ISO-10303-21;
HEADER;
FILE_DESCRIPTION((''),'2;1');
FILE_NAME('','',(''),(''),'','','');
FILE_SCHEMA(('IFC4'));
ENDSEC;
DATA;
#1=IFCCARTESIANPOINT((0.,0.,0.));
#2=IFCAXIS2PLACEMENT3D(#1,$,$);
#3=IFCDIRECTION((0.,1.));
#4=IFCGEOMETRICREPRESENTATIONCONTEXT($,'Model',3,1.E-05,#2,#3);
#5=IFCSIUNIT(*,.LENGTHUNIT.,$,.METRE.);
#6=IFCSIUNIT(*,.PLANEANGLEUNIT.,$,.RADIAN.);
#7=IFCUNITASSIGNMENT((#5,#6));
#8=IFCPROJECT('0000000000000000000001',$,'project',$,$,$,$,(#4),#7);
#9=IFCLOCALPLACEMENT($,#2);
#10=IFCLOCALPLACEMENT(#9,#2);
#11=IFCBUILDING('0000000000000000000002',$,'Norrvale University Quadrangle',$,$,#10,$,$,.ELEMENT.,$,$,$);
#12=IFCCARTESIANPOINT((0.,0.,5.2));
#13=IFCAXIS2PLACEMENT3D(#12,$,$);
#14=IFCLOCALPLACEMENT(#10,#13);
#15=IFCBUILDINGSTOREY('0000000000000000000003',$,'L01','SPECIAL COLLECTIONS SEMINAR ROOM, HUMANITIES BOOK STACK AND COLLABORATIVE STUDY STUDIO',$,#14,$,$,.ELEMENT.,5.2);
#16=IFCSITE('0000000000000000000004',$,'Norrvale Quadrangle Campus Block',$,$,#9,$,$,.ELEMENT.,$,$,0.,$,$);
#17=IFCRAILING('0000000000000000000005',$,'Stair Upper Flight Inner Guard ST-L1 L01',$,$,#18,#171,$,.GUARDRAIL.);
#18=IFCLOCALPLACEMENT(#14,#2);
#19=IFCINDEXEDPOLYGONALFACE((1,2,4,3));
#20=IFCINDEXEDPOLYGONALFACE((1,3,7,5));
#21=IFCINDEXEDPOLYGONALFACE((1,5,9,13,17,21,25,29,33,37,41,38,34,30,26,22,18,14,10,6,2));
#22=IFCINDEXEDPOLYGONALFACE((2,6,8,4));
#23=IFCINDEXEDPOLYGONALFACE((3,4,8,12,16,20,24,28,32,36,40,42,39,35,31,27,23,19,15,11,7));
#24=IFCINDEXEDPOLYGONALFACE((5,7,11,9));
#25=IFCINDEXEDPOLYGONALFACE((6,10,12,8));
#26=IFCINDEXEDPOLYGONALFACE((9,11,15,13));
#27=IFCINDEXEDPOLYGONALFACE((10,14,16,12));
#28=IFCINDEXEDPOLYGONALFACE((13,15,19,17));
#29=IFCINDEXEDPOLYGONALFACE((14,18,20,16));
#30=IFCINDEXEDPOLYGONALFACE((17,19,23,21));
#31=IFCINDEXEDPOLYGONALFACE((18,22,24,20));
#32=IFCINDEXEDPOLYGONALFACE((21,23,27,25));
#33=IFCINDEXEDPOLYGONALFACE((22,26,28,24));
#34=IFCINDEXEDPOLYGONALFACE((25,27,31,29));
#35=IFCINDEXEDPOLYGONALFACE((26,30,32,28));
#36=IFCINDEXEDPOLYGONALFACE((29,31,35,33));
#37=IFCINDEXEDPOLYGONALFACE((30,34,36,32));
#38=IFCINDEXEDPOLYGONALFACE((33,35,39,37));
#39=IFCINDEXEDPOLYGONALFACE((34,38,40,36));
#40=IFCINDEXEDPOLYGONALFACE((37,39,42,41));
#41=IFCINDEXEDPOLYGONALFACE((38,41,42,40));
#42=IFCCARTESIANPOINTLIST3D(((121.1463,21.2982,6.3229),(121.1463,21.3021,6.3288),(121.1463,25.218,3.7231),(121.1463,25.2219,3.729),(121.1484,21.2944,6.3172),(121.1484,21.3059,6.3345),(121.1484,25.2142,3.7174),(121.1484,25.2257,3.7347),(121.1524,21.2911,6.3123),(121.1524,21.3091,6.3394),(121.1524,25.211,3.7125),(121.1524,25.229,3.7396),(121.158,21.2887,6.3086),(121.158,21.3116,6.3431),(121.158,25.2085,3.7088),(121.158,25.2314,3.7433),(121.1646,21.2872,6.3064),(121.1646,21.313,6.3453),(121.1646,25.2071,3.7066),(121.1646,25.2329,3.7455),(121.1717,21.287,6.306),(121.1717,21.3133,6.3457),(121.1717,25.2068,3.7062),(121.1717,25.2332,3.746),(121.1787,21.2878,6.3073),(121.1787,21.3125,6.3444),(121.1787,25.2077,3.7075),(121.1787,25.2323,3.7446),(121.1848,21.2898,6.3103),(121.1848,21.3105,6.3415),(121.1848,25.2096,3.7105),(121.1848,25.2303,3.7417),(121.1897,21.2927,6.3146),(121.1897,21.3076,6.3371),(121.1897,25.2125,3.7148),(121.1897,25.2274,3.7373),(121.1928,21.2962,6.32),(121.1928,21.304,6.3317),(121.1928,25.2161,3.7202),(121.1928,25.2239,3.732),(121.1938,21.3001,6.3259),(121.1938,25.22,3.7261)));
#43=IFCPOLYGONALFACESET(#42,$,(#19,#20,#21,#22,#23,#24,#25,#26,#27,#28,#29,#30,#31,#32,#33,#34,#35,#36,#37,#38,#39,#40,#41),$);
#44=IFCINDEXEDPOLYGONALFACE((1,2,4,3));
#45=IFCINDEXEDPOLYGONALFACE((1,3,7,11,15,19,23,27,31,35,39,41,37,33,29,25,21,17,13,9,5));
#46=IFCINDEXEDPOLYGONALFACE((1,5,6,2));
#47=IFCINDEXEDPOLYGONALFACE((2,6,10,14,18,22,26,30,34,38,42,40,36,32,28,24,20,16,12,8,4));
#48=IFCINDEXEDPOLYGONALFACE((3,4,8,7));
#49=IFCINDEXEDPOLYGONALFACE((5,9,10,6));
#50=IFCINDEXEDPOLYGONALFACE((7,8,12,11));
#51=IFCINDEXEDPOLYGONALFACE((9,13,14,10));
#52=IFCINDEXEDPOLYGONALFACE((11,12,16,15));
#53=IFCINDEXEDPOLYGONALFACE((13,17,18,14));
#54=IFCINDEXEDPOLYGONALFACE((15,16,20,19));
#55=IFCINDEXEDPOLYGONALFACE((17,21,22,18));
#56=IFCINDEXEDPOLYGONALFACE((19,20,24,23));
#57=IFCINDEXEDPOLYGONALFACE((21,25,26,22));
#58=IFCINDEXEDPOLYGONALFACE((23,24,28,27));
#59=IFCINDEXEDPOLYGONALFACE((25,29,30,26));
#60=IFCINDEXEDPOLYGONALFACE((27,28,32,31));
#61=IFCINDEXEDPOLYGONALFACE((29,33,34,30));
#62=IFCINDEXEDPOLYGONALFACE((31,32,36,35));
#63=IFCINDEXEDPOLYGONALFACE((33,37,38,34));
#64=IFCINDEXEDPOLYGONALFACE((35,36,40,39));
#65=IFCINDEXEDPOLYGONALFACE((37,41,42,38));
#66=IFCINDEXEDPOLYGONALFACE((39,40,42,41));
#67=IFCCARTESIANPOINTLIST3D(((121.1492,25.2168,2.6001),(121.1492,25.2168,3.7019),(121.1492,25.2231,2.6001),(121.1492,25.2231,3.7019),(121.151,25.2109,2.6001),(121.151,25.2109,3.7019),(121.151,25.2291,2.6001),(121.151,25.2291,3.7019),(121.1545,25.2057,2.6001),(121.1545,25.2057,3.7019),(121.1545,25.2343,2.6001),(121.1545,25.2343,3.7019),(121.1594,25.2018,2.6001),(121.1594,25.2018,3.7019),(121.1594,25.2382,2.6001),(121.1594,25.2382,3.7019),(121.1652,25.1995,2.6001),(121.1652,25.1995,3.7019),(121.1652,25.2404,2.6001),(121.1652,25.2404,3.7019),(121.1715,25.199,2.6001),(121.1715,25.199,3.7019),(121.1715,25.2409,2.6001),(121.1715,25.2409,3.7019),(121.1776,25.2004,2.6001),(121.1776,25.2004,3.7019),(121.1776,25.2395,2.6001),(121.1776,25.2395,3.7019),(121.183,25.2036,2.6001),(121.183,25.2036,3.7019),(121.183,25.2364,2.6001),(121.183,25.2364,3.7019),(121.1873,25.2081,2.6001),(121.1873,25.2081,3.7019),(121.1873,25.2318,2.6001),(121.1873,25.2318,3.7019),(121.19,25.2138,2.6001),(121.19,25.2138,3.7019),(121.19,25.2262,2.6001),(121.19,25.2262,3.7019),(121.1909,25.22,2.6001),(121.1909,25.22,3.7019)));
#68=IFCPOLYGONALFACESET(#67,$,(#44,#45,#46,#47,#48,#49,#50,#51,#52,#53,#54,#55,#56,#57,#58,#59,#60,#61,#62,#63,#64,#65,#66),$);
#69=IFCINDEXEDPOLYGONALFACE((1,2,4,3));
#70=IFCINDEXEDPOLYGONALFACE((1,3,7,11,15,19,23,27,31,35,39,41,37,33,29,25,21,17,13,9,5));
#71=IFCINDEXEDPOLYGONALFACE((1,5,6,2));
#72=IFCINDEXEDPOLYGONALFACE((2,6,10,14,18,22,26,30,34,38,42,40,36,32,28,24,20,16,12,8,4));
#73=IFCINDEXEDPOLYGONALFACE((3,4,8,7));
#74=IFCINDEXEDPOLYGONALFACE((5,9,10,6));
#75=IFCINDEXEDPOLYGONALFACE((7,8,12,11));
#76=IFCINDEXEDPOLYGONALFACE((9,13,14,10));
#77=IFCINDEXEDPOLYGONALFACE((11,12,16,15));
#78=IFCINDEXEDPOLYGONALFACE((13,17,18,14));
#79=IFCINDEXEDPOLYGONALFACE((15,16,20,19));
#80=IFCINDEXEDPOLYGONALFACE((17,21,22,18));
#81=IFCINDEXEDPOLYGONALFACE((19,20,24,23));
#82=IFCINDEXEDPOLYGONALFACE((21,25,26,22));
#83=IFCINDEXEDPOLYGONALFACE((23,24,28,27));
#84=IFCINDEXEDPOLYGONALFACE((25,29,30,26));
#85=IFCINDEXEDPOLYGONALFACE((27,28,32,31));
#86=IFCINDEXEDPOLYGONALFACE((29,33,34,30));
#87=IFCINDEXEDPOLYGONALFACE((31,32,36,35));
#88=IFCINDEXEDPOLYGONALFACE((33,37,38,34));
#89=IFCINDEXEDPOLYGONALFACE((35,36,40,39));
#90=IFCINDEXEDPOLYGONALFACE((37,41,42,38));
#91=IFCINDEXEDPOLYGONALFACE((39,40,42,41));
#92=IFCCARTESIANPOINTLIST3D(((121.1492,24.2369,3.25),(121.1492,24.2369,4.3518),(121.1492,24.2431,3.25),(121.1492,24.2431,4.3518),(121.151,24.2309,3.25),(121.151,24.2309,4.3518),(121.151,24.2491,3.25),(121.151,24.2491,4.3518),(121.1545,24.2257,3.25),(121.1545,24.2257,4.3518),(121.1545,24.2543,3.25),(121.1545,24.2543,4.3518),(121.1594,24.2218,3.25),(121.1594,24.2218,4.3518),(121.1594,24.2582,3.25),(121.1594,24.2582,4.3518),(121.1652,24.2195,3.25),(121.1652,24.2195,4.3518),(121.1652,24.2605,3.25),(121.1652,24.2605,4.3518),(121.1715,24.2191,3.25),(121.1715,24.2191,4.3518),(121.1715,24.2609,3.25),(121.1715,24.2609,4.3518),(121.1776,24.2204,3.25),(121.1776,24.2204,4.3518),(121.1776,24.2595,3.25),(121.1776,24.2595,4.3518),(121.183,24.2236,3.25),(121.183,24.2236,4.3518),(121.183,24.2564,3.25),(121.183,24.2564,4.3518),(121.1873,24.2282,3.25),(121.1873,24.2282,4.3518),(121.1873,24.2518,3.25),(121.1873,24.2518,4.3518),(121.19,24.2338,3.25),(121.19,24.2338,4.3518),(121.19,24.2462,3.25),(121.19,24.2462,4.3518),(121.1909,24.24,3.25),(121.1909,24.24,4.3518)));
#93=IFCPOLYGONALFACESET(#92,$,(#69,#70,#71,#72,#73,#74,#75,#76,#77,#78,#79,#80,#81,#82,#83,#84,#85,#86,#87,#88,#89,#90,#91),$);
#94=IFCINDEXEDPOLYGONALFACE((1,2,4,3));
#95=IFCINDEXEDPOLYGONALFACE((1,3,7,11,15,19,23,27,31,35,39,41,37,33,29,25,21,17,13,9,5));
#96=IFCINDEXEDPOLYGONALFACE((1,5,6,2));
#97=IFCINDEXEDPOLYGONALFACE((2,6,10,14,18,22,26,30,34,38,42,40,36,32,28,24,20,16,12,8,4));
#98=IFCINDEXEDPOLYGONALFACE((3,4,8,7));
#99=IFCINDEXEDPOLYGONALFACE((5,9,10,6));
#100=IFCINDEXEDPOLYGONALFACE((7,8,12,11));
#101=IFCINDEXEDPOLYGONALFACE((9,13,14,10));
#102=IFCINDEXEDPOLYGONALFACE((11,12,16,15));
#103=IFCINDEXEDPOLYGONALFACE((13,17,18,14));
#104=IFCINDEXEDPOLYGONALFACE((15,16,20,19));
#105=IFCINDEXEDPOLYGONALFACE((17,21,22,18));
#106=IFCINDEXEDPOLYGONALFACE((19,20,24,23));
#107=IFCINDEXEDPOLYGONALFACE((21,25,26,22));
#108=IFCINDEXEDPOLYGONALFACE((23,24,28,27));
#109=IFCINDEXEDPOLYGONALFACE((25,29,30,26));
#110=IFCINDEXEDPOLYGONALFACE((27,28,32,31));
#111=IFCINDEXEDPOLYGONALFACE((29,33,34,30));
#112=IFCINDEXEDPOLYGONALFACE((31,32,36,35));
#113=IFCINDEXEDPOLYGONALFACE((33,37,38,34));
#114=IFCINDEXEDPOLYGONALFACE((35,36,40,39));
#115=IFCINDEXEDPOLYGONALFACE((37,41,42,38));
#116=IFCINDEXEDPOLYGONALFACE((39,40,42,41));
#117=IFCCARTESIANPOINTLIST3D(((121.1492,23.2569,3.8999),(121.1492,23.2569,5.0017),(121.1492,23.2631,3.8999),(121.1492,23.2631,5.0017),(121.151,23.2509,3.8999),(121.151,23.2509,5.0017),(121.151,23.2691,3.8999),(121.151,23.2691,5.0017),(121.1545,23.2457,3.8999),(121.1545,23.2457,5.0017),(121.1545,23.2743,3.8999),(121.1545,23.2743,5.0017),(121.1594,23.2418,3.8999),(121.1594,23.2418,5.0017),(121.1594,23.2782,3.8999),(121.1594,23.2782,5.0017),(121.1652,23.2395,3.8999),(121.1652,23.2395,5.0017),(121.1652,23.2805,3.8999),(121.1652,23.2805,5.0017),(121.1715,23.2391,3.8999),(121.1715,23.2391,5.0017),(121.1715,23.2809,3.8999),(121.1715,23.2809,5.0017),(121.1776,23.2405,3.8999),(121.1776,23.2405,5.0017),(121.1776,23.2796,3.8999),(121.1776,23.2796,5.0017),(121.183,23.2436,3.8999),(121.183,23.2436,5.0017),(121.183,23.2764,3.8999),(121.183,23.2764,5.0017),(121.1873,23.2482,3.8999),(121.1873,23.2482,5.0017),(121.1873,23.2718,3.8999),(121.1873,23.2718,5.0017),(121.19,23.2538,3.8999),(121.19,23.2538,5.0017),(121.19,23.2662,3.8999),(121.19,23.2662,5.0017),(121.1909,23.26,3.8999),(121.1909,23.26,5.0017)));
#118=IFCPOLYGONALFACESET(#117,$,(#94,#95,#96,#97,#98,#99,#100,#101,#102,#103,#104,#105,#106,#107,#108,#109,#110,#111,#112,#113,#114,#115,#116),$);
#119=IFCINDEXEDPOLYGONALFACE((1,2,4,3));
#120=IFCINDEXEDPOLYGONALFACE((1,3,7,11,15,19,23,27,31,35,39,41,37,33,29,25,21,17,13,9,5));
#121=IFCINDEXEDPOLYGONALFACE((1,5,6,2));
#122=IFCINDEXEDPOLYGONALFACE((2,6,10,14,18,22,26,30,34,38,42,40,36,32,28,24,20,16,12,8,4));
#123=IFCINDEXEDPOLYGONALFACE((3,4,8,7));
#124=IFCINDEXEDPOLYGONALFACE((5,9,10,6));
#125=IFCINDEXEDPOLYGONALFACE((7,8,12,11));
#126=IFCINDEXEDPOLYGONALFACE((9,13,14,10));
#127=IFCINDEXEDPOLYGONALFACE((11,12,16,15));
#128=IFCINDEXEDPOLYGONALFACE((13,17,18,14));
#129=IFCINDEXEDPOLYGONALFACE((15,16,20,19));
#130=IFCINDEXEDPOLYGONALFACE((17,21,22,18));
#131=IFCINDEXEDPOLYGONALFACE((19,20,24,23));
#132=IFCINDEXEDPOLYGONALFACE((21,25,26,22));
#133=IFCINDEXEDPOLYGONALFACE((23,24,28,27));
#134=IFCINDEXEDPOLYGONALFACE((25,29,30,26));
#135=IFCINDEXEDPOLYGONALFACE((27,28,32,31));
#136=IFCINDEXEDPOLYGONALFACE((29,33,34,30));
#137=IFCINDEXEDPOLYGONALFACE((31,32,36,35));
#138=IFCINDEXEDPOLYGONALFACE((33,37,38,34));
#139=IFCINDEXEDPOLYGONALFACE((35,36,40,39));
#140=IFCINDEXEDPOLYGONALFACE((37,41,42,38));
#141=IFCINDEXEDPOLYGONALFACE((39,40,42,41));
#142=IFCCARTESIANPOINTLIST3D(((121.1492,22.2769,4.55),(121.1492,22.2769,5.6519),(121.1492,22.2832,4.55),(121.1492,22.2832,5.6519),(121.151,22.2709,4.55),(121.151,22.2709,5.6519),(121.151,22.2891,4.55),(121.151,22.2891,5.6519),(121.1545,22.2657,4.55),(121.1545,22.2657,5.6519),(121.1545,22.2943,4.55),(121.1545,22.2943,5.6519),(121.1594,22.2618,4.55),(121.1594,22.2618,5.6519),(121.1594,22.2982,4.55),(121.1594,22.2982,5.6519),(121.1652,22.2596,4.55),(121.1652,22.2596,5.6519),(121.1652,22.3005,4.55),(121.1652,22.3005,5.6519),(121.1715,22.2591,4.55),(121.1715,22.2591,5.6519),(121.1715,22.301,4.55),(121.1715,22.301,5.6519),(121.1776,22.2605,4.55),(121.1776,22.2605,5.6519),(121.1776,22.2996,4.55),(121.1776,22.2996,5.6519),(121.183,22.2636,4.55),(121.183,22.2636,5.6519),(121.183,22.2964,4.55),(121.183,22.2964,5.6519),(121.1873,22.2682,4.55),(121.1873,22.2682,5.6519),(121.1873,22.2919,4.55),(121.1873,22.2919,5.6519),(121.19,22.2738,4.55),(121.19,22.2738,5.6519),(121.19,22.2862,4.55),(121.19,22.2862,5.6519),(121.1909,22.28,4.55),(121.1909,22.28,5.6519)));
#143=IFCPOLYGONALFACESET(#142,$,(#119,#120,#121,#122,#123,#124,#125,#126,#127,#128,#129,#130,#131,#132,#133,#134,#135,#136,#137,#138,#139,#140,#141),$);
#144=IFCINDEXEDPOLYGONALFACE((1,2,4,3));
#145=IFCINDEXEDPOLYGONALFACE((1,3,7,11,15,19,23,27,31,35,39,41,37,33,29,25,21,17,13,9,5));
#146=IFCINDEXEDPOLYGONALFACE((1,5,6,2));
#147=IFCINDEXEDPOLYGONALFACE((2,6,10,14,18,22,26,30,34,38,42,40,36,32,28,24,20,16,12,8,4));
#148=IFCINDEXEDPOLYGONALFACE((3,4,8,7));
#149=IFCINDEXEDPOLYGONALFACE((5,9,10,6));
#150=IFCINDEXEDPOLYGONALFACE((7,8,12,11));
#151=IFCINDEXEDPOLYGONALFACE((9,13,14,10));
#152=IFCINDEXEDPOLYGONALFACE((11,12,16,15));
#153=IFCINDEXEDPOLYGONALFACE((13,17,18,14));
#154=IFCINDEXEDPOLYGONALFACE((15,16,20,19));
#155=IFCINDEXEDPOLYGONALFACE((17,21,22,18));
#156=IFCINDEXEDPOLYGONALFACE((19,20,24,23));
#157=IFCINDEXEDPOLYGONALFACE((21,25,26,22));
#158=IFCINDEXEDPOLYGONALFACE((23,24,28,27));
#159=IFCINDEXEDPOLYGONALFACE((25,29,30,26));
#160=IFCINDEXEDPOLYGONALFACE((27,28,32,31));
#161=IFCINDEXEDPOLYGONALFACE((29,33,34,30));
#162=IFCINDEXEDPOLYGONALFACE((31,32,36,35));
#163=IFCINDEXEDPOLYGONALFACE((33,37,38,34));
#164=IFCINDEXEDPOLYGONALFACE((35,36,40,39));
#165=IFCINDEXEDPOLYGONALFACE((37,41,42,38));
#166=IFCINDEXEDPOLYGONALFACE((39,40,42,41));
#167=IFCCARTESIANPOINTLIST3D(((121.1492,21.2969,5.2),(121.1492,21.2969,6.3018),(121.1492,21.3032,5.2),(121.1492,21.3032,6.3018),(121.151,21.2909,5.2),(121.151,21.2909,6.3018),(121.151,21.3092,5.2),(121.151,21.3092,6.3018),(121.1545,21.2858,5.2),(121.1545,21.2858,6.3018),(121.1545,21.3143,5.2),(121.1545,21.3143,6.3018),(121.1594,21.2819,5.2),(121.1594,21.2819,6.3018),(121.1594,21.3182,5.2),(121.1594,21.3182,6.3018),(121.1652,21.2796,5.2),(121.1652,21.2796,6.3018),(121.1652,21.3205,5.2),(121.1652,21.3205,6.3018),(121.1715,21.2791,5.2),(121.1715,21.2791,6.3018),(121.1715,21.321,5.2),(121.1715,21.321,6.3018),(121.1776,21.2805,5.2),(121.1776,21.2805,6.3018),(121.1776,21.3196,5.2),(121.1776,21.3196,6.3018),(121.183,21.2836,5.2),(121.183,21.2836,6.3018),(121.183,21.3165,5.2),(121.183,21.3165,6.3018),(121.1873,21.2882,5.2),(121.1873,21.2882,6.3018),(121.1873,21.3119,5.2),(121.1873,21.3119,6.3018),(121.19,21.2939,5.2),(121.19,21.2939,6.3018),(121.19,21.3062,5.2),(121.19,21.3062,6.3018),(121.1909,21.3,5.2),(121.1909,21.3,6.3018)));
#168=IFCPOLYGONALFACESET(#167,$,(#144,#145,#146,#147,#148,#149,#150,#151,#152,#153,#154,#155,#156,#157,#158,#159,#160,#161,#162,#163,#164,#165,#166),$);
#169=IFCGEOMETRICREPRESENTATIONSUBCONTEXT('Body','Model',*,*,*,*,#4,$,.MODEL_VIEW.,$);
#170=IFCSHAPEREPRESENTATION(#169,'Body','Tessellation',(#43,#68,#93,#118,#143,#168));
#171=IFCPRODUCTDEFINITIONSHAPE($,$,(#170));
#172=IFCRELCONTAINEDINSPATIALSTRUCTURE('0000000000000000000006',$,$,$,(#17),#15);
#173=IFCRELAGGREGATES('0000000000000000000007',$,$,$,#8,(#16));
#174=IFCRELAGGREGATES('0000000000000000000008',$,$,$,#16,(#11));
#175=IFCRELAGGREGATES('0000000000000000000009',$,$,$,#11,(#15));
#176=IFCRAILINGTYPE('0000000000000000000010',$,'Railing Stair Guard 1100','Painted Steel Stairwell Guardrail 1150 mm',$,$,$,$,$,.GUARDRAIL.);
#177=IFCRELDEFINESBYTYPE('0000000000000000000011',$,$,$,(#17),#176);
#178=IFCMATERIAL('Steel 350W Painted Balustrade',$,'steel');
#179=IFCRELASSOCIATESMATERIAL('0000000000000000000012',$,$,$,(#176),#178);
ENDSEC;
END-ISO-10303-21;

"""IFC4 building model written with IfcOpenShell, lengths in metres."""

from ifc_helpers import new_model, si_unit, direction, frame, origin, origin_2d, place, context, subcontext, project, spatial, circle, extrude, material, type_object, element, save


model = new_model("IFC4")

# Units and contexts
model_context = context("Model", 3, precision=1e-05, world=origin(), true_north=direction((0.0, 1.0)))
body_context = subcontext(model_context, "Body", "Model", "MODEL_VIEW")
ifc_project = project(units=[si_unit("LENGTHUNIT", "METRE"), si_unit("PLANEANGLEUNIT", "RADIAN")], contexts=[model_context])

# Site, building, storey
site_placement = place(None, origin())
site = spatial("IfcSite", under=ifc_project, at=site_placement, Name="Norrvale Quadrangle Campus Block", CompositionType="ELEMENT", RefElevation=0.0)
building_placement = place(site_placement, origin())
building = spatial("IfcBuilding", under=site, at=building_placement, Name="Norrvale University Quadrangle", CompositionType="ELEMENT")
storey_placement = place(building_placement, frame((0.0, 0.0, 5.2)))
storey = spatial("IfcBuildingStorey", under=building, at=storey_placement, Name="L01", Description="SPECIAL COLLECTIONS SEMINAR ROOM, HUMANITIES BOOK STACK AND COLLABORATIVE STUDY STUDIO", CompositionType="ELEMENT", Elevation=5.2)

# Railing
ifc_material_1 = material(Name="Steel 350W Painted Balustrade", Category="steel")
railing_type_1 = type_object("IfcRailingType", Name="Railing Stair Guard 1100", Description="Painted Steel Stairwell Guardrail 1150 mm", PredefinedType="GUARDRAIL", material=ifc_material_1)
railing_1_placement = place(storey_placement, frame((121.1699, 25.22, 2.6001)))
element("IfcRailing", 1, at=railing_1_placement, inside=storey, type_object=railing_type_1, Name="Stair Upper Flight Inner Guard ST-L1 L01", PredefinedType="GUARDRAIL", context=body_context, shape_type="SweptSolid", body=[
    extrude(circle(Radius=0.0239, at=origin_2d()), frame((0.0, 0.0, 1.126), z_axis=(0.0, -0.833366, 0.552722), x_axis=(1.0, 0.0, 0.0)), (0.0, 0.0, 1.0), 4.7036),
    extrude(circle(Radius=0.021, at=origin_2d()), origin(), (0.0, 0.0, 1.0), 1.1018),
    extrude(circle(Radius=0.021, at=origin_2d()), frame((0.0, -0.98, 0.6499)), (0.0, 0.0, 1.0), 1.1018),
    extrude(circle(Radius=0.021, at=origin_2d()), frame((0.0, -1.96, 1.2998)), (0.0, 0.0, 1.0), 1.1018),
    extrude(circle(Radius=0.021, at=origin_2d()), frame((0.0, -2.9399, 1.95)), (0.0, 0.0, 1.0), 1.1018),
    extrude(circle(Radius=0.021, at=origin_2d()), frame((0.0, -3.9199, 2.5999)), (0.0, 0.0, 1.0), 1.1018),
])

save(model, "model.ifc")
